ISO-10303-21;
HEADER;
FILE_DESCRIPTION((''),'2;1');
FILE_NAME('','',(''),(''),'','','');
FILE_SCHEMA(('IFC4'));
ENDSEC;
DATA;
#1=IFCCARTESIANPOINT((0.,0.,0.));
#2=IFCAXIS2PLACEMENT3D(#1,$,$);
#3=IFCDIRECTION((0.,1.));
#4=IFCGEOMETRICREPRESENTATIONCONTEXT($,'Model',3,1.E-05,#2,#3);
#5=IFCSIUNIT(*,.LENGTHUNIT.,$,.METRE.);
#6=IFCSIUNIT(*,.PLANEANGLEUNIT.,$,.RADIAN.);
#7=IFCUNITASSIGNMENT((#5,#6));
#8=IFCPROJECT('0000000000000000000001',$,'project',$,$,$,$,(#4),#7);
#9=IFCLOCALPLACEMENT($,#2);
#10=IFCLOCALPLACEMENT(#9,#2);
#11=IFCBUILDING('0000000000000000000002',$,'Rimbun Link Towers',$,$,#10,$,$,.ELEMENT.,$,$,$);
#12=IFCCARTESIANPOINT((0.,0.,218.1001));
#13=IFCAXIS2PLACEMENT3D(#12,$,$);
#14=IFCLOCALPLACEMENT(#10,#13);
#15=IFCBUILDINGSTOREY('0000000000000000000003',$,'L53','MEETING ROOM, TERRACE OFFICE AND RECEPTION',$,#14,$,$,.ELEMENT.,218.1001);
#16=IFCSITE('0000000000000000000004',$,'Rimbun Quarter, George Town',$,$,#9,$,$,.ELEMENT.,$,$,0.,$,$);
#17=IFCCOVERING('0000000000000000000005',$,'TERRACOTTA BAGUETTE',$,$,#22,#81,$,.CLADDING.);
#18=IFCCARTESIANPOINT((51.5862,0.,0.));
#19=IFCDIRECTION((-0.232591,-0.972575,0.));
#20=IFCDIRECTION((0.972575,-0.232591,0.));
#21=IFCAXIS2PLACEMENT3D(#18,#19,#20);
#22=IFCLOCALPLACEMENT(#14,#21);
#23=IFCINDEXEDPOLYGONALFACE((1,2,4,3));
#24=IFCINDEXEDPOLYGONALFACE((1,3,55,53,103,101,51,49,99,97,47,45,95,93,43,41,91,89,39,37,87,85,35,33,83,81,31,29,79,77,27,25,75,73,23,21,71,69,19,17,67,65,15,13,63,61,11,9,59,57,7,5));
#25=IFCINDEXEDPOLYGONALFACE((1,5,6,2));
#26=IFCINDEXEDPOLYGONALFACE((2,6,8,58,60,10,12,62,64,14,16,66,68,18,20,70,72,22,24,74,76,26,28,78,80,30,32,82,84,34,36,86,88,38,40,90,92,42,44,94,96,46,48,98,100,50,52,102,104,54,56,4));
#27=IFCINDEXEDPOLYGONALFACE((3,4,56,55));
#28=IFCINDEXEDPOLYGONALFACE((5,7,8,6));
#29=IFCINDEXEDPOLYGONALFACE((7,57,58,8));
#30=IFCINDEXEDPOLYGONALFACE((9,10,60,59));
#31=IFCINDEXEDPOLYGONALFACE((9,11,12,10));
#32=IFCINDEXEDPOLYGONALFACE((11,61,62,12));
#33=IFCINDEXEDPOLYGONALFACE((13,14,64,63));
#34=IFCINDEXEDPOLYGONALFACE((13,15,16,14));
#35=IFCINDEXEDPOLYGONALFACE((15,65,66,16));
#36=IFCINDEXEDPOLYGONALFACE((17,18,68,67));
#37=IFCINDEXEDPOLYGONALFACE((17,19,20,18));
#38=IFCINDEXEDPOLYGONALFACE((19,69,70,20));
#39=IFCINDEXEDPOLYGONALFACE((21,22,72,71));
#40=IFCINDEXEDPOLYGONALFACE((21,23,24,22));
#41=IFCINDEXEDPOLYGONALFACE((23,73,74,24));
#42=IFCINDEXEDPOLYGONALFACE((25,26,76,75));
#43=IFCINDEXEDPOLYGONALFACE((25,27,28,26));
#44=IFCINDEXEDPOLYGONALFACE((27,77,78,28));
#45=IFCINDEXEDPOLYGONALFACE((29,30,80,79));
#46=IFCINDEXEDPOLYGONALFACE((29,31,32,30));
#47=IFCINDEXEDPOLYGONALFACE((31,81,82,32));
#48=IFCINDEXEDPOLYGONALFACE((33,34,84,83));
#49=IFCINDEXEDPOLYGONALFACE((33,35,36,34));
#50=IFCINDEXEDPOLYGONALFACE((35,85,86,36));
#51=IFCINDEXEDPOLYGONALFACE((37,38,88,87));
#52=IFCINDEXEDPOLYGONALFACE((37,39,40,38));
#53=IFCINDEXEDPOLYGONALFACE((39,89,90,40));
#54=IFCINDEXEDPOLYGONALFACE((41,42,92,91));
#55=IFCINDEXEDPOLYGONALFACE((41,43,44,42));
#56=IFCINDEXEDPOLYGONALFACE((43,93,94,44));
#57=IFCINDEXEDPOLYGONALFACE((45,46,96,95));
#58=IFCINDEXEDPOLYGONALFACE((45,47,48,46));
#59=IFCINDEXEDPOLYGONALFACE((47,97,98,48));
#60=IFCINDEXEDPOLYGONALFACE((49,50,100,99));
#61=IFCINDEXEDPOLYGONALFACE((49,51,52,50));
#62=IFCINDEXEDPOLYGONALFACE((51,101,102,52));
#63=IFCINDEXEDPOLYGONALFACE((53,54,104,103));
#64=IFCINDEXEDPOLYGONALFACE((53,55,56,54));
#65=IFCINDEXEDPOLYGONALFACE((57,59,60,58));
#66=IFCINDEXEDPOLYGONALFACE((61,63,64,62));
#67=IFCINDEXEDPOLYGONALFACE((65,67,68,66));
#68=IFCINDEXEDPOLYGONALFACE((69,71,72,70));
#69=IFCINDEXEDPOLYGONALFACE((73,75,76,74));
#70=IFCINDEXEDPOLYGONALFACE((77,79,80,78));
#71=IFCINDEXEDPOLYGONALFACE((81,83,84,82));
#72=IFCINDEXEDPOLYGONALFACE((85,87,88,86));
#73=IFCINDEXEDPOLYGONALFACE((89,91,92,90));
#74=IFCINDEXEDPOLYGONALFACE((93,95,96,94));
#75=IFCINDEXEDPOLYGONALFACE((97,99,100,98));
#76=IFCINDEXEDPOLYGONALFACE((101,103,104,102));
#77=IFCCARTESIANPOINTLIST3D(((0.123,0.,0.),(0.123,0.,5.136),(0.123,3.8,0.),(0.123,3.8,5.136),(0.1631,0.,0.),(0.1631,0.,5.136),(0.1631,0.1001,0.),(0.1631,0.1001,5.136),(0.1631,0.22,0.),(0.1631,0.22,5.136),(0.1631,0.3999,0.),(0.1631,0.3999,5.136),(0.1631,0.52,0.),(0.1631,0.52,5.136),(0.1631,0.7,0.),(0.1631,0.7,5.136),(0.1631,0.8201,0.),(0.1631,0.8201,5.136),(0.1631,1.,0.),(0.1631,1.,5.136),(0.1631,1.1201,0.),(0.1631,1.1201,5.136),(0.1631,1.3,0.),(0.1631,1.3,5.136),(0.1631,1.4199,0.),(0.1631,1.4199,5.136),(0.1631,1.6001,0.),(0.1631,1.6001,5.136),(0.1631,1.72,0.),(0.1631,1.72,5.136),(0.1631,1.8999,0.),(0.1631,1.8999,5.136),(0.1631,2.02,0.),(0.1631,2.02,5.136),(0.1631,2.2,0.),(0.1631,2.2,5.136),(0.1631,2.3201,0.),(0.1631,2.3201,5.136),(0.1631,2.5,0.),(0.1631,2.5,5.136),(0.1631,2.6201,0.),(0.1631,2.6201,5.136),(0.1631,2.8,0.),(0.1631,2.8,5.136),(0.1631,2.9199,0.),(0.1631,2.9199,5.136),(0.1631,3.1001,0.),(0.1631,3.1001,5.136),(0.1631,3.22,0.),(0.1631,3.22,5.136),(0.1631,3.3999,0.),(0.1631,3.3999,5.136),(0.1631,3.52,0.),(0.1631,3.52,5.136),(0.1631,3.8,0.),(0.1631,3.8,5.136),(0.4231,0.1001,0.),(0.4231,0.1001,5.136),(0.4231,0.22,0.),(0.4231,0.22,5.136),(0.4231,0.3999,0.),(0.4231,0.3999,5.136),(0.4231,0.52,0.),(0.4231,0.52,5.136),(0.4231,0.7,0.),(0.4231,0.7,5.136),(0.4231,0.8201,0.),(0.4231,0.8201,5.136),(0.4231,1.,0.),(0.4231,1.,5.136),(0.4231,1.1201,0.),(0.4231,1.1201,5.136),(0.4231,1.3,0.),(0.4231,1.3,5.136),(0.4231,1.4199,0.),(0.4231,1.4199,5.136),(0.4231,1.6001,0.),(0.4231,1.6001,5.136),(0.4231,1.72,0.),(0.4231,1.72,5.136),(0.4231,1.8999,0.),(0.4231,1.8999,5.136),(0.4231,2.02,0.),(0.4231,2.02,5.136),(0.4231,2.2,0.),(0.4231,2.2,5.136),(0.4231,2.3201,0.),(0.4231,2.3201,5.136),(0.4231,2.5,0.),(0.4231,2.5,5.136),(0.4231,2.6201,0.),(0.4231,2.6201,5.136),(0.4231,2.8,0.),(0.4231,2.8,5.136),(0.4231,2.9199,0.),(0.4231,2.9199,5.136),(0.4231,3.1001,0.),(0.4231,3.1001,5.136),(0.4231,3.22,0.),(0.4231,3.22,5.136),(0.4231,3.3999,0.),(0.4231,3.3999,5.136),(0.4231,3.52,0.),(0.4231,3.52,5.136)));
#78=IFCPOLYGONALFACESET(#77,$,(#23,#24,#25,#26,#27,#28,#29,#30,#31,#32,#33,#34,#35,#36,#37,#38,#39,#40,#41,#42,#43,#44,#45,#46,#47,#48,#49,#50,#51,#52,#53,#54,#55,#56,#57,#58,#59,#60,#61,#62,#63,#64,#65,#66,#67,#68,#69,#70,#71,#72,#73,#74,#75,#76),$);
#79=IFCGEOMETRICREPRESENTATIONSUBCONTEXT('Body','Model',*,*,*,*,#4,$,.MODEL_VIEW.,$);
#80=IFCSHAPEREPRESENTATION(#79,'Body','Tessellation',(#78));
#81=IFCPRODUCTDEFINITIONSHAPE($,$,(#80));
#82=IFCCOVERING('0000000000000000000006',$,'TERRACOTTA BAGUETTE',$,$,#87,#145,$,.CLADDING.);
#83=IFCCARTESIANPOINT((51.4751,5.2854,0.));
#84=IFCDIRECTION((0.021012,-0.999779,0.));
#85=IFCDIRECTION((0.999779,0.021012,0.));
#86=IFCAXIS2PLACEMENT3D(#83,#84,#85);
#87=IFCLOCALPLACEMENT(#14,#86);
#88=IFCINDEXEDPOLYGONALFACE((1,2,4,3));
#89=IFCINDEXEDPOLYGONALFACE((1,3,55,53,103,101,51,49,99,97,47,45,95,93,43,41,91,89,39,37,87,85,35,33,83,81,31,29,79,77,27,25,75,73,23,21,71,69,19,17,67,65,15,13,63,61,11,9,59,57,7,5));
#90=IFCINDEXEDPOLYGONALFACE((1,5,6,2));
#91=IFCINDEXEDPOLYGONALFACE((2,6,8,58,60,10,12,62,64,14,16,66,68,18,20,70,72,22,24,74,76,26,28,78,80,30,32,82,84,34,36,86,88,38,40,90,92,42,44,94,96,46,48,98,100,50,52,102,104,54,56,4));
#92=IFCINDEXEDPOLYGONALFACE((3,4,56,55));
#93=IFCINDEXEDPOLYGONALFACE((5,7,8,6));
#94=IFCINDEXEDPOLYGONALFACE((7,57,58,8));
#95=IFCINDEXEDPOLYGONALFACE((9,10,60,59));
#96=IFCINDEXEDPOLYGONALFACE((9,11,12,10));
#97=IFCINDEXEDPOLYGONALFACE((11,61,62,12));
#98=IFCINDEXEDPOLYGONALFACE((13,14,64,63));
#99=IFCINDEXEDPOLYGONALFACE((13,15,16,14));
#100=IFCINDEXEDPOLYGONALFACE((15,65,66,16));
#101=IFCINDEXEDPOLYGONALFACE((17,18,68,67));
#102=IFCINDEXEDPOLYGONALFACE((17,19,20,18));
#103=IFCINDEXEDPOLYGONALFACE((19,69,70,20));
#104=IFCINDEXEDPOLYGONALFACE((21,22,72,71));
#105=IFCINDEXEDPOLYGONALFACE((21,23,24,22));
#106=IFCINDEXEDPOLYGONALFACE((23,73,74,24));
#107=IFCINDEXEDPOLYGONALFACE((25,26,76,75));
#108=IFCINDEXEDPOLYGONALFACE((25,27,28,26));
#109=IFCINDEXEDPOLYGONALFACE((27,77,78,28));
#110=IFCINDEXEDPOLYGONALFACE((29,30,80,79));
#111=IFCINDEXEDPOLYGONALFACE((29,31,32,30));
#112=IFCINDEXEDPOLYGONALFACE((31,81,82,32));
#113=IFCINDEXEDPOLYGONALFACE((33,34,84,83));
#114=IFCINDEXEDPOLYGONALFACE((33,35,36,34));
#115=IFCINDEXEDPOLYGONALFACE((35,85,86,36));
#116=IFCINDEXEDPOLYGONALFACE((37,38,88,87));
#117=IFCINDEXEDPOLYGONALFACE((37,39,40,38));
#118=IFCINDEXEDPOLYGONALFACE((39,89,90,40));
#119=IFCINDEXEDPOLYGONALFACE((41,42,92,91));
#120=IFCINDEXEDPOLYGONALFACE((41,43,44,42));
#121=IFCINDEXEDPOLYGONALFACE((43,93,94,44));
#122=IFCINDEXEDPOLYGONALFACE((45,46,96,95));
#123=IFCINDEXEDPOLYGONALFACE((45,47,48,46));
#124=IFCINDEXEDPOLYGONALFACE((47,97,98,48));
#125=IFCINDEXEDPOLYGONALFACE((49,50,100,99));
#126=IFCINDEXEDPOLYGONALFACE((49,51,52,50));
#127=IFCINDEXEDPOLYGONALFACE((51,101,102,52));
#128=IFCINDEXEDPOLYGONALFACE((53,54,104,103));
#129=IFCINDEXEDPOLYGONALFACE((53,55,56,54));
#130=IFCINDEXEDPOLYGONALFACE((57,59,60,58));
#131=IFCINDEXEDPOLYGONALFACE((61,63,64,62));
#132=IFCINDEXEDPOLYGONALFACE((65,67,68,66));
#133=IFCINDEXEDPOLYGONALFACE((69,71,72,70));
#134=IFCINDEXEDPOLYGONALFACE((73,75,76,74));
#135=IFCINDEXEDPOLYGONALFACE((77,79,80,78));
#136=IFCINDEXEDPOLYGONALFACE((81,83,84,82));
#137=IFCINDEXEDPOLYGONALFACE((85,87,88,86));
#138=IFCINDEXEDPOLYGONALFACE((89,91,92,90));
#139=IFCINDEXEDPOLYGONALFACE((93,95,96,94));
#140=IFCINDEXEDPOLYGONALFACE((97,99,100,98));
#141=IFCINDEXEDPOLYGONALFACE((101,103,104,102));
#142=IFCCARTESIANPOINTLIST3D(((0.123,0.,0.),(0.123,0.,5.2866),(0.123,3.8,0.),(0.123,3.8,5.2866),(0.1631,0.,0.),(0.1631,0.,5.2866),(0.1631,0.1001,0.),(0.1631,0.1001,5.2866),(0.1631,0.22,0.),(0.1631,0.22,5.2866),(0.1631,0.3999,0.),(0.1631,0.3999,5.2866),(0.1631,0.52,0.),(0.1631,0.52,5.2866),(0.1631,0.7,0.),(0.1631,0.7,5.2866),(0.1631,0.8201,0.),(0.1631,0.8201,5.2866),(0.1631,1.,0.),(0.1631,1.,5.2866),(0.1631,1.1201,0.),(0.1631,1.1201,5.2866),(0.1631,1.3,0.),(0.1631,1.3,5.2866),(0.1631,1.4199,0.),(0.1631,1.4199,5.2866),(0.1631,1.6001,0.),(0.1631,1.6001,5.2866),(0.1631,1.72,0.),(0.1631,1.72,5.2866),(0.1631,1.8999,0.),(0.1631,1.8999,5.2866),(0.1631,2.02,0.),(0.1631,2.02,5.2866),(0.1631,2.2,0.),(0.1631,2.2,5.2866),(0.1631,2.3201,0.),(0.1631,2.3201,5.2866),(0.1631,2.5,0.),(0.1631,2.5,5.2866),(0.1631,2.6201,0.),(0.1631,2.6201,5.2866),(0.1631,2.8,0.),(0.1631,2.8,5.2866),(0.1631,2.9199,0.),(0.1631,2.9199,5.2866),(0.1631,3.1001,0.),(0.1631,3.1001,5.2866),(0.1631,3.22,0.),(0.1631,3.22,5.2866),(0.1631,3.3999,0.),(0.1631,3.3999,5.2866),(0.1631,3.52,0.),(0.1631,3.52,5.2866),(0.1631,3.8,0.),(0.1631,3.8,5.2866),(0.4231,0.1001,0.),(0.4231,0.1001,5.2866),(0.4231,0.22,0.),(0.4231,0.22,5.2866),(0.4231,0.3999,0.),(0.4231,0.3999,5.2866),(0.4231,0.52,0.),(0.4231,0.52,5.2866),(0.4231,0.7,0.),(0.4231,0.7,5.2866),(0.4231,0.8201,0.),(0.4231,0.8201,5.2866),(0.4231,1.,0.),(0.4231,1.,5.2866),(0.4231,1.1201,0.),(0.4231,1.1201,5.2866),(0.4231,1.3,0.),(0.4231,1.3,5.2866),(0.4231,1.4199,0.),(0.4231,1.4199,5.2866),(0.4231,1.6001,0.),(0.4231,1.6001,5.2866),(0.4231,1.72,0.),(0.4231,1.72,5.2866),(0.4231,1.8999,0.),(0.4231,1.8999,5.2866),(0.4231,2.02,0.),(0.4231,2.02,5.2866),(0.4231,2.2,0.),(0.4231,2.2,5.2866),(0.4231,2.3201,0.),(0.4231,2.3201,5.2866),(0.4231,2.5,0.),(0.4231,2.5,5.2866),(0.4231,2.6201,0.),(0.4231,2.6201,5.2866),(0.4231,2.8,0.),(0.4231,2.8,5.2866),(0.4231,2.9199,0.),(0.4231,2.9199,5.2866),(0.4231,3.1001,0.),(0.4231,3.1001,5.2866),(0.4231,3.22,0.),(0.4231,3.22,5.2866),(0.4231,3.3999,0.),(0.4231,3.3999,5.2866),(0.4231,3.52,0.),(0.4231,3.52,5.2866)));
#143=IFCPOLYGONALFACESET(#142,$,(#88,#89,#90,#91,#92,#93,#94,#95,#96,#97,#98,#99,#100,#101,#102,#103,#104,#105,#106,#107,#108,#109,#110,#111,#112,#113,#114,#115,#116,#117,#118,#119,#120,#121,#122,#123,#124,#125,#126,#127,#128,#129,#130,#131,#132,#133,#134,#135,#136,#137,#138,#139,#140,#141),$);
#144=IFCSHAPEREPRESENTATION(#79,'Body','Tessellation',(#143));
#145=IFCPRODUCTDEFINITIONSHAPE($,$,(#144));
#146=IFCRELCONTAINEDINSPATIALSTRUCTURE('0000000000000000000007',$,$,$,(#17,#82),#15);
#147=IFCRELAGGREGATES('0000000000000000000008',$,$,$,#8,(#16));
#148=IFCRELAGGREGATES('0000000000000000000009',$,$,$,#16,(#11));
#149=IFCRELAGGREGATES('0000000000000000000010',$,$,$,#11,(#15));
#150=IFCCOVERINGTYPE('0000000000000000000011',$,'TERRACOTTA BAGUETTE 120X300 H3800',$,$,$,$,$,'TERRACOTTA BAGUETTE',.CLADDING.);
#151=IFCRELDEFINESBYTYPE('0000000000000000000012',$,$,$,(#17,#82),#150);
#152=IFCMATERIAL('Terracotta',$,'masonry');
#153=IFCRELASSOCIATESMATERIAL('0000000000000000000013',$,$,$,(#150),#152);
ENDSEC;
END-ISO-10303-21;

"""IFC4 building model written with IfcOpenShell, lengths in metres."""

from ifc_helpers import new_model, si_unit, direction, frame, origin, place, context, subcontext, project, spatial, polyline, outline, extrude, material, material_profile, profile_set, type_object, element, save


model = new_model("IFC4")

# Units and contexts
model_context = context("Model", 3, precision=1e-05, world=origin(), true_north=direction((0.0, 1.0)))
body_context = subcontext(model_context, "Body", "Model", "MODEL_VIEW")
ifc_project = project(units=[si_unit("LENGTHUNIT", "METRE"), si_unit("PLANEANGLEUNIT", "RADIAN")], contexts=[model_context])

# Site, building, storey
site_placement = place(None, origin())
site = spatial("IfcSite", under=ifc_project, at=site_placement, Name="Rimbun Quarter, George Town", CompositionType="ELEMENT", RefElevation=0.0)
building_placement = place(site_placement, origin())
building = spatial("IfcBuilding", under=site, at=building_placement, Name="Rimbun Link Towers", CompositionType="ELEMENT")
storey_placement = place(building_placement, frame((0.0, 0.0, 218.1001)))
storey = spatial("IfcBuildingStorey", under=building, at=storey_placement, Name="L53", Description="MEETING ROOM, TERRACE OFFICE AND RECEPTION", CompositionType="ELEMENT", Elevation=218.1001)

# Coverings
ifc_material_1 = material(Name="Terracotta", Category="masonry")
ifc_material_profile_1 = material_profile(ifc_material_1, outline(polyline([(0.123, 0.0), (0.1631, 0.0), (0.1631, 0.1001), (0.4231, 0.1001), (0.4231, 0.22), (0.1631, 0.22), (0.1631, 0.3999), (0.4231, 0.3999), (0.4231, 0.52), (0.1631, 0.52), (0.1631, 0.7), (0.4231, 0.7), (0.4231, 0.8201), (0.1631, 0.8201), (0.1631, 1.0), (0.4231, 1.0), (0.4231, 1.1201), (0.1631, 1.1201), (0.1631, 1.3), (0.4231, 1.3), (0.4231, 1.4199), (0.1631, 1.4199), (0.1631, 1.6001), (0.4231, 1.6001), (0.4231, 1.72), (0.1631, 1.72), (0.1631, 1.8999), (0.4231, 1.8999), (0.4231, 2.02), (0.1631, 2.02), (0.1631, 2.2), (0.4231, 2.2), (0.4231, 2.3201), (0.1631, 2.3201), (0.1631, 2.5), (0.4231, 2.5), (0.4231, 2.6201), (0.1631, 2.6201), (0.1631, 2.8), (0.4231, 2.8), (0.4231, 2.9199), (0.1631, 2.9199), (0.1631, 3.1001), (0.4231, 3.1001), (0.4231, 3.22), (0.1631, 3.22), (0.1631, 3.3999), (0.4231, 3.3999), (0.4231, 3.52), (0.1631, 3.52), (0.1631, 3.8), (0.123, 3.8), (0.123, 0.0)])), Name="BAGUETTE 120X300")
ifc_profile_set_1 = profile_set([ifc_material_profile_1], Name="Terracotta")
covering_type = type_object("IfcCoveringType", Name="TERRACOTTA BAGUETTE 120X300 H3800", ElementType="TERRACOTTA BAGUETTE", PredefinedType="CLADDING", material=ifc_profile_set_1)
covering_1_placement = place(storey_placement, frame((51.5862, 0.0, 0.0), z_axis=(-0.232591, -0.972575, 0.0), x_axis=(0.972575, -0.232591, 0.0)))
element("IfcCovering", 1, at=covering_1_placement, inside=storey, type_object=covering_type, Name="TERRACOTTA BAGUETTE", PredefinedType="CLADDING", context=body_context, shape_type="SweptSolid", body=[
    extrude(outline(polyline([(0.123, 0.0), (0.1631, 0.0), (0.1631, 0.1001), (0.4231, 0.1001), (0.4231, 0.22), (0.1631, 0.22), (0.1631, 0.3999), (0.4231, 0.3999), (0.4231, 0.52), (0.1631, 0.52), (0.1631, 0.7), (0.4231, 0.7), (0.4231, 0.8201), (0.1631, 0.8201), (0.1631, 1.0), (0.4231, 1.0), (0.4231, 1.1201), (0.1631, 1.1201), (0.1631, 1.3), (0.4231, 1.3), (0.4231, 1.4199), (0.1631, 1.4199), (0.1631, 1.6001), (0.4231, 1.6001), (0.4231, 1.72), (0.1631, 1.72), (0.1631, 1.8999), (0.4231, 1.8999), (0.4231, 2.02), (0.1631, 2.02), (0.1631, 2.2), (0.4231, 2.2), (0.4231, 2.3201), (0.1631, 2.3201), (0.1631, 2.5), (0.4231, 2.5), (0.4231, 2.6201), (0.1631, 2.6201), (0.1631, 2.8), (0.4231, 2.8), (0.4231, 2.9199), (0.1631, 2.9199), (0.1631, 3.1001), (0.4231, 3.1001), (0.4231, 3.22), (0.1631, 3.22), (0.1631, 3.3999), (0.4231, 3.3999), (0.4231, 3.52), (0.1631, 3.52), (0.1631, 3.8), (0.123, 3.8), (0.123, 0.0)])), origin(), (0.0, 0.0, 1.0), 5.136),
])
covering_2_placement = place(storey_placement, frame((51.4751, 5.2854, 0.0), z_axis=(0.021012, -0.999779, 0.0), x_axis=(0.999779, 0.021012, 0.0)))
element("IfcCovering", 2, at=covering_2_placement, inside=storey, type_object=covering_type, Name="TERRACOTTA BAGUETTE", PredefinedType="CLADDING", context=body_context, shape_type="SweptSolid", body=[
    extrude(outline(polyline([(0.123, 0.0), (0.1631, 0.0), (0.1631, 0.1001), (0.4231, 0.1001), (0.4231, 0.22), (0.1631, 0.22), (0.1631, 0.3999), (0.4231, 0.3999), (0.4231, 0.52), (0.1631, 0.52), (0.1631, 0.7), (0.4231, 0.7), (0.4231, 0.8201), (0.1631, 0.8201), (0.1631, 1.0), (0.4231, 1.0), (0.4231, 1.1201), (0.1631, 1.1201), (0.1631, 1.3), (0.4231, 1.3), (0.4231, 1.4199), (0.1631, 1.4199), (0.1631, 1.6001), (0.4231, 1.6001), (0.4231, 1.72), (0.1631, 1.72), (0.1631, 1.8999), (0.4231, 1.8999), (0.4231, 2.02), (0.1631, 2.02), (0.1631, 2.2), (0.4231, 2.2), (0.4231, 2.3201), (0.1631, 2.3201), (0.1631, 2.5), (0.4231, 2.5), (0.4231, 2.6201), (0.1631, 2.6201), (0.1631, 2.8), (0.4231, 2.8), (0.4231, 2.9199), (0.1631, 2.9199), (0.1631, 3.1001), (0.4231, 3.1001), (0.4231, 3.22), (0.1631, 3.22), (0.1631, 3.3999), (0.4231, 3.3999), (0.4231, 3.52), (0.1631, 3.52), (0.1631, 3.8), (0.123, 3.8), (0.123, 0.0)])), origin(), (0.0, 0.0, 1.0), 5.2866),
])

save(model, "model.ifc")
